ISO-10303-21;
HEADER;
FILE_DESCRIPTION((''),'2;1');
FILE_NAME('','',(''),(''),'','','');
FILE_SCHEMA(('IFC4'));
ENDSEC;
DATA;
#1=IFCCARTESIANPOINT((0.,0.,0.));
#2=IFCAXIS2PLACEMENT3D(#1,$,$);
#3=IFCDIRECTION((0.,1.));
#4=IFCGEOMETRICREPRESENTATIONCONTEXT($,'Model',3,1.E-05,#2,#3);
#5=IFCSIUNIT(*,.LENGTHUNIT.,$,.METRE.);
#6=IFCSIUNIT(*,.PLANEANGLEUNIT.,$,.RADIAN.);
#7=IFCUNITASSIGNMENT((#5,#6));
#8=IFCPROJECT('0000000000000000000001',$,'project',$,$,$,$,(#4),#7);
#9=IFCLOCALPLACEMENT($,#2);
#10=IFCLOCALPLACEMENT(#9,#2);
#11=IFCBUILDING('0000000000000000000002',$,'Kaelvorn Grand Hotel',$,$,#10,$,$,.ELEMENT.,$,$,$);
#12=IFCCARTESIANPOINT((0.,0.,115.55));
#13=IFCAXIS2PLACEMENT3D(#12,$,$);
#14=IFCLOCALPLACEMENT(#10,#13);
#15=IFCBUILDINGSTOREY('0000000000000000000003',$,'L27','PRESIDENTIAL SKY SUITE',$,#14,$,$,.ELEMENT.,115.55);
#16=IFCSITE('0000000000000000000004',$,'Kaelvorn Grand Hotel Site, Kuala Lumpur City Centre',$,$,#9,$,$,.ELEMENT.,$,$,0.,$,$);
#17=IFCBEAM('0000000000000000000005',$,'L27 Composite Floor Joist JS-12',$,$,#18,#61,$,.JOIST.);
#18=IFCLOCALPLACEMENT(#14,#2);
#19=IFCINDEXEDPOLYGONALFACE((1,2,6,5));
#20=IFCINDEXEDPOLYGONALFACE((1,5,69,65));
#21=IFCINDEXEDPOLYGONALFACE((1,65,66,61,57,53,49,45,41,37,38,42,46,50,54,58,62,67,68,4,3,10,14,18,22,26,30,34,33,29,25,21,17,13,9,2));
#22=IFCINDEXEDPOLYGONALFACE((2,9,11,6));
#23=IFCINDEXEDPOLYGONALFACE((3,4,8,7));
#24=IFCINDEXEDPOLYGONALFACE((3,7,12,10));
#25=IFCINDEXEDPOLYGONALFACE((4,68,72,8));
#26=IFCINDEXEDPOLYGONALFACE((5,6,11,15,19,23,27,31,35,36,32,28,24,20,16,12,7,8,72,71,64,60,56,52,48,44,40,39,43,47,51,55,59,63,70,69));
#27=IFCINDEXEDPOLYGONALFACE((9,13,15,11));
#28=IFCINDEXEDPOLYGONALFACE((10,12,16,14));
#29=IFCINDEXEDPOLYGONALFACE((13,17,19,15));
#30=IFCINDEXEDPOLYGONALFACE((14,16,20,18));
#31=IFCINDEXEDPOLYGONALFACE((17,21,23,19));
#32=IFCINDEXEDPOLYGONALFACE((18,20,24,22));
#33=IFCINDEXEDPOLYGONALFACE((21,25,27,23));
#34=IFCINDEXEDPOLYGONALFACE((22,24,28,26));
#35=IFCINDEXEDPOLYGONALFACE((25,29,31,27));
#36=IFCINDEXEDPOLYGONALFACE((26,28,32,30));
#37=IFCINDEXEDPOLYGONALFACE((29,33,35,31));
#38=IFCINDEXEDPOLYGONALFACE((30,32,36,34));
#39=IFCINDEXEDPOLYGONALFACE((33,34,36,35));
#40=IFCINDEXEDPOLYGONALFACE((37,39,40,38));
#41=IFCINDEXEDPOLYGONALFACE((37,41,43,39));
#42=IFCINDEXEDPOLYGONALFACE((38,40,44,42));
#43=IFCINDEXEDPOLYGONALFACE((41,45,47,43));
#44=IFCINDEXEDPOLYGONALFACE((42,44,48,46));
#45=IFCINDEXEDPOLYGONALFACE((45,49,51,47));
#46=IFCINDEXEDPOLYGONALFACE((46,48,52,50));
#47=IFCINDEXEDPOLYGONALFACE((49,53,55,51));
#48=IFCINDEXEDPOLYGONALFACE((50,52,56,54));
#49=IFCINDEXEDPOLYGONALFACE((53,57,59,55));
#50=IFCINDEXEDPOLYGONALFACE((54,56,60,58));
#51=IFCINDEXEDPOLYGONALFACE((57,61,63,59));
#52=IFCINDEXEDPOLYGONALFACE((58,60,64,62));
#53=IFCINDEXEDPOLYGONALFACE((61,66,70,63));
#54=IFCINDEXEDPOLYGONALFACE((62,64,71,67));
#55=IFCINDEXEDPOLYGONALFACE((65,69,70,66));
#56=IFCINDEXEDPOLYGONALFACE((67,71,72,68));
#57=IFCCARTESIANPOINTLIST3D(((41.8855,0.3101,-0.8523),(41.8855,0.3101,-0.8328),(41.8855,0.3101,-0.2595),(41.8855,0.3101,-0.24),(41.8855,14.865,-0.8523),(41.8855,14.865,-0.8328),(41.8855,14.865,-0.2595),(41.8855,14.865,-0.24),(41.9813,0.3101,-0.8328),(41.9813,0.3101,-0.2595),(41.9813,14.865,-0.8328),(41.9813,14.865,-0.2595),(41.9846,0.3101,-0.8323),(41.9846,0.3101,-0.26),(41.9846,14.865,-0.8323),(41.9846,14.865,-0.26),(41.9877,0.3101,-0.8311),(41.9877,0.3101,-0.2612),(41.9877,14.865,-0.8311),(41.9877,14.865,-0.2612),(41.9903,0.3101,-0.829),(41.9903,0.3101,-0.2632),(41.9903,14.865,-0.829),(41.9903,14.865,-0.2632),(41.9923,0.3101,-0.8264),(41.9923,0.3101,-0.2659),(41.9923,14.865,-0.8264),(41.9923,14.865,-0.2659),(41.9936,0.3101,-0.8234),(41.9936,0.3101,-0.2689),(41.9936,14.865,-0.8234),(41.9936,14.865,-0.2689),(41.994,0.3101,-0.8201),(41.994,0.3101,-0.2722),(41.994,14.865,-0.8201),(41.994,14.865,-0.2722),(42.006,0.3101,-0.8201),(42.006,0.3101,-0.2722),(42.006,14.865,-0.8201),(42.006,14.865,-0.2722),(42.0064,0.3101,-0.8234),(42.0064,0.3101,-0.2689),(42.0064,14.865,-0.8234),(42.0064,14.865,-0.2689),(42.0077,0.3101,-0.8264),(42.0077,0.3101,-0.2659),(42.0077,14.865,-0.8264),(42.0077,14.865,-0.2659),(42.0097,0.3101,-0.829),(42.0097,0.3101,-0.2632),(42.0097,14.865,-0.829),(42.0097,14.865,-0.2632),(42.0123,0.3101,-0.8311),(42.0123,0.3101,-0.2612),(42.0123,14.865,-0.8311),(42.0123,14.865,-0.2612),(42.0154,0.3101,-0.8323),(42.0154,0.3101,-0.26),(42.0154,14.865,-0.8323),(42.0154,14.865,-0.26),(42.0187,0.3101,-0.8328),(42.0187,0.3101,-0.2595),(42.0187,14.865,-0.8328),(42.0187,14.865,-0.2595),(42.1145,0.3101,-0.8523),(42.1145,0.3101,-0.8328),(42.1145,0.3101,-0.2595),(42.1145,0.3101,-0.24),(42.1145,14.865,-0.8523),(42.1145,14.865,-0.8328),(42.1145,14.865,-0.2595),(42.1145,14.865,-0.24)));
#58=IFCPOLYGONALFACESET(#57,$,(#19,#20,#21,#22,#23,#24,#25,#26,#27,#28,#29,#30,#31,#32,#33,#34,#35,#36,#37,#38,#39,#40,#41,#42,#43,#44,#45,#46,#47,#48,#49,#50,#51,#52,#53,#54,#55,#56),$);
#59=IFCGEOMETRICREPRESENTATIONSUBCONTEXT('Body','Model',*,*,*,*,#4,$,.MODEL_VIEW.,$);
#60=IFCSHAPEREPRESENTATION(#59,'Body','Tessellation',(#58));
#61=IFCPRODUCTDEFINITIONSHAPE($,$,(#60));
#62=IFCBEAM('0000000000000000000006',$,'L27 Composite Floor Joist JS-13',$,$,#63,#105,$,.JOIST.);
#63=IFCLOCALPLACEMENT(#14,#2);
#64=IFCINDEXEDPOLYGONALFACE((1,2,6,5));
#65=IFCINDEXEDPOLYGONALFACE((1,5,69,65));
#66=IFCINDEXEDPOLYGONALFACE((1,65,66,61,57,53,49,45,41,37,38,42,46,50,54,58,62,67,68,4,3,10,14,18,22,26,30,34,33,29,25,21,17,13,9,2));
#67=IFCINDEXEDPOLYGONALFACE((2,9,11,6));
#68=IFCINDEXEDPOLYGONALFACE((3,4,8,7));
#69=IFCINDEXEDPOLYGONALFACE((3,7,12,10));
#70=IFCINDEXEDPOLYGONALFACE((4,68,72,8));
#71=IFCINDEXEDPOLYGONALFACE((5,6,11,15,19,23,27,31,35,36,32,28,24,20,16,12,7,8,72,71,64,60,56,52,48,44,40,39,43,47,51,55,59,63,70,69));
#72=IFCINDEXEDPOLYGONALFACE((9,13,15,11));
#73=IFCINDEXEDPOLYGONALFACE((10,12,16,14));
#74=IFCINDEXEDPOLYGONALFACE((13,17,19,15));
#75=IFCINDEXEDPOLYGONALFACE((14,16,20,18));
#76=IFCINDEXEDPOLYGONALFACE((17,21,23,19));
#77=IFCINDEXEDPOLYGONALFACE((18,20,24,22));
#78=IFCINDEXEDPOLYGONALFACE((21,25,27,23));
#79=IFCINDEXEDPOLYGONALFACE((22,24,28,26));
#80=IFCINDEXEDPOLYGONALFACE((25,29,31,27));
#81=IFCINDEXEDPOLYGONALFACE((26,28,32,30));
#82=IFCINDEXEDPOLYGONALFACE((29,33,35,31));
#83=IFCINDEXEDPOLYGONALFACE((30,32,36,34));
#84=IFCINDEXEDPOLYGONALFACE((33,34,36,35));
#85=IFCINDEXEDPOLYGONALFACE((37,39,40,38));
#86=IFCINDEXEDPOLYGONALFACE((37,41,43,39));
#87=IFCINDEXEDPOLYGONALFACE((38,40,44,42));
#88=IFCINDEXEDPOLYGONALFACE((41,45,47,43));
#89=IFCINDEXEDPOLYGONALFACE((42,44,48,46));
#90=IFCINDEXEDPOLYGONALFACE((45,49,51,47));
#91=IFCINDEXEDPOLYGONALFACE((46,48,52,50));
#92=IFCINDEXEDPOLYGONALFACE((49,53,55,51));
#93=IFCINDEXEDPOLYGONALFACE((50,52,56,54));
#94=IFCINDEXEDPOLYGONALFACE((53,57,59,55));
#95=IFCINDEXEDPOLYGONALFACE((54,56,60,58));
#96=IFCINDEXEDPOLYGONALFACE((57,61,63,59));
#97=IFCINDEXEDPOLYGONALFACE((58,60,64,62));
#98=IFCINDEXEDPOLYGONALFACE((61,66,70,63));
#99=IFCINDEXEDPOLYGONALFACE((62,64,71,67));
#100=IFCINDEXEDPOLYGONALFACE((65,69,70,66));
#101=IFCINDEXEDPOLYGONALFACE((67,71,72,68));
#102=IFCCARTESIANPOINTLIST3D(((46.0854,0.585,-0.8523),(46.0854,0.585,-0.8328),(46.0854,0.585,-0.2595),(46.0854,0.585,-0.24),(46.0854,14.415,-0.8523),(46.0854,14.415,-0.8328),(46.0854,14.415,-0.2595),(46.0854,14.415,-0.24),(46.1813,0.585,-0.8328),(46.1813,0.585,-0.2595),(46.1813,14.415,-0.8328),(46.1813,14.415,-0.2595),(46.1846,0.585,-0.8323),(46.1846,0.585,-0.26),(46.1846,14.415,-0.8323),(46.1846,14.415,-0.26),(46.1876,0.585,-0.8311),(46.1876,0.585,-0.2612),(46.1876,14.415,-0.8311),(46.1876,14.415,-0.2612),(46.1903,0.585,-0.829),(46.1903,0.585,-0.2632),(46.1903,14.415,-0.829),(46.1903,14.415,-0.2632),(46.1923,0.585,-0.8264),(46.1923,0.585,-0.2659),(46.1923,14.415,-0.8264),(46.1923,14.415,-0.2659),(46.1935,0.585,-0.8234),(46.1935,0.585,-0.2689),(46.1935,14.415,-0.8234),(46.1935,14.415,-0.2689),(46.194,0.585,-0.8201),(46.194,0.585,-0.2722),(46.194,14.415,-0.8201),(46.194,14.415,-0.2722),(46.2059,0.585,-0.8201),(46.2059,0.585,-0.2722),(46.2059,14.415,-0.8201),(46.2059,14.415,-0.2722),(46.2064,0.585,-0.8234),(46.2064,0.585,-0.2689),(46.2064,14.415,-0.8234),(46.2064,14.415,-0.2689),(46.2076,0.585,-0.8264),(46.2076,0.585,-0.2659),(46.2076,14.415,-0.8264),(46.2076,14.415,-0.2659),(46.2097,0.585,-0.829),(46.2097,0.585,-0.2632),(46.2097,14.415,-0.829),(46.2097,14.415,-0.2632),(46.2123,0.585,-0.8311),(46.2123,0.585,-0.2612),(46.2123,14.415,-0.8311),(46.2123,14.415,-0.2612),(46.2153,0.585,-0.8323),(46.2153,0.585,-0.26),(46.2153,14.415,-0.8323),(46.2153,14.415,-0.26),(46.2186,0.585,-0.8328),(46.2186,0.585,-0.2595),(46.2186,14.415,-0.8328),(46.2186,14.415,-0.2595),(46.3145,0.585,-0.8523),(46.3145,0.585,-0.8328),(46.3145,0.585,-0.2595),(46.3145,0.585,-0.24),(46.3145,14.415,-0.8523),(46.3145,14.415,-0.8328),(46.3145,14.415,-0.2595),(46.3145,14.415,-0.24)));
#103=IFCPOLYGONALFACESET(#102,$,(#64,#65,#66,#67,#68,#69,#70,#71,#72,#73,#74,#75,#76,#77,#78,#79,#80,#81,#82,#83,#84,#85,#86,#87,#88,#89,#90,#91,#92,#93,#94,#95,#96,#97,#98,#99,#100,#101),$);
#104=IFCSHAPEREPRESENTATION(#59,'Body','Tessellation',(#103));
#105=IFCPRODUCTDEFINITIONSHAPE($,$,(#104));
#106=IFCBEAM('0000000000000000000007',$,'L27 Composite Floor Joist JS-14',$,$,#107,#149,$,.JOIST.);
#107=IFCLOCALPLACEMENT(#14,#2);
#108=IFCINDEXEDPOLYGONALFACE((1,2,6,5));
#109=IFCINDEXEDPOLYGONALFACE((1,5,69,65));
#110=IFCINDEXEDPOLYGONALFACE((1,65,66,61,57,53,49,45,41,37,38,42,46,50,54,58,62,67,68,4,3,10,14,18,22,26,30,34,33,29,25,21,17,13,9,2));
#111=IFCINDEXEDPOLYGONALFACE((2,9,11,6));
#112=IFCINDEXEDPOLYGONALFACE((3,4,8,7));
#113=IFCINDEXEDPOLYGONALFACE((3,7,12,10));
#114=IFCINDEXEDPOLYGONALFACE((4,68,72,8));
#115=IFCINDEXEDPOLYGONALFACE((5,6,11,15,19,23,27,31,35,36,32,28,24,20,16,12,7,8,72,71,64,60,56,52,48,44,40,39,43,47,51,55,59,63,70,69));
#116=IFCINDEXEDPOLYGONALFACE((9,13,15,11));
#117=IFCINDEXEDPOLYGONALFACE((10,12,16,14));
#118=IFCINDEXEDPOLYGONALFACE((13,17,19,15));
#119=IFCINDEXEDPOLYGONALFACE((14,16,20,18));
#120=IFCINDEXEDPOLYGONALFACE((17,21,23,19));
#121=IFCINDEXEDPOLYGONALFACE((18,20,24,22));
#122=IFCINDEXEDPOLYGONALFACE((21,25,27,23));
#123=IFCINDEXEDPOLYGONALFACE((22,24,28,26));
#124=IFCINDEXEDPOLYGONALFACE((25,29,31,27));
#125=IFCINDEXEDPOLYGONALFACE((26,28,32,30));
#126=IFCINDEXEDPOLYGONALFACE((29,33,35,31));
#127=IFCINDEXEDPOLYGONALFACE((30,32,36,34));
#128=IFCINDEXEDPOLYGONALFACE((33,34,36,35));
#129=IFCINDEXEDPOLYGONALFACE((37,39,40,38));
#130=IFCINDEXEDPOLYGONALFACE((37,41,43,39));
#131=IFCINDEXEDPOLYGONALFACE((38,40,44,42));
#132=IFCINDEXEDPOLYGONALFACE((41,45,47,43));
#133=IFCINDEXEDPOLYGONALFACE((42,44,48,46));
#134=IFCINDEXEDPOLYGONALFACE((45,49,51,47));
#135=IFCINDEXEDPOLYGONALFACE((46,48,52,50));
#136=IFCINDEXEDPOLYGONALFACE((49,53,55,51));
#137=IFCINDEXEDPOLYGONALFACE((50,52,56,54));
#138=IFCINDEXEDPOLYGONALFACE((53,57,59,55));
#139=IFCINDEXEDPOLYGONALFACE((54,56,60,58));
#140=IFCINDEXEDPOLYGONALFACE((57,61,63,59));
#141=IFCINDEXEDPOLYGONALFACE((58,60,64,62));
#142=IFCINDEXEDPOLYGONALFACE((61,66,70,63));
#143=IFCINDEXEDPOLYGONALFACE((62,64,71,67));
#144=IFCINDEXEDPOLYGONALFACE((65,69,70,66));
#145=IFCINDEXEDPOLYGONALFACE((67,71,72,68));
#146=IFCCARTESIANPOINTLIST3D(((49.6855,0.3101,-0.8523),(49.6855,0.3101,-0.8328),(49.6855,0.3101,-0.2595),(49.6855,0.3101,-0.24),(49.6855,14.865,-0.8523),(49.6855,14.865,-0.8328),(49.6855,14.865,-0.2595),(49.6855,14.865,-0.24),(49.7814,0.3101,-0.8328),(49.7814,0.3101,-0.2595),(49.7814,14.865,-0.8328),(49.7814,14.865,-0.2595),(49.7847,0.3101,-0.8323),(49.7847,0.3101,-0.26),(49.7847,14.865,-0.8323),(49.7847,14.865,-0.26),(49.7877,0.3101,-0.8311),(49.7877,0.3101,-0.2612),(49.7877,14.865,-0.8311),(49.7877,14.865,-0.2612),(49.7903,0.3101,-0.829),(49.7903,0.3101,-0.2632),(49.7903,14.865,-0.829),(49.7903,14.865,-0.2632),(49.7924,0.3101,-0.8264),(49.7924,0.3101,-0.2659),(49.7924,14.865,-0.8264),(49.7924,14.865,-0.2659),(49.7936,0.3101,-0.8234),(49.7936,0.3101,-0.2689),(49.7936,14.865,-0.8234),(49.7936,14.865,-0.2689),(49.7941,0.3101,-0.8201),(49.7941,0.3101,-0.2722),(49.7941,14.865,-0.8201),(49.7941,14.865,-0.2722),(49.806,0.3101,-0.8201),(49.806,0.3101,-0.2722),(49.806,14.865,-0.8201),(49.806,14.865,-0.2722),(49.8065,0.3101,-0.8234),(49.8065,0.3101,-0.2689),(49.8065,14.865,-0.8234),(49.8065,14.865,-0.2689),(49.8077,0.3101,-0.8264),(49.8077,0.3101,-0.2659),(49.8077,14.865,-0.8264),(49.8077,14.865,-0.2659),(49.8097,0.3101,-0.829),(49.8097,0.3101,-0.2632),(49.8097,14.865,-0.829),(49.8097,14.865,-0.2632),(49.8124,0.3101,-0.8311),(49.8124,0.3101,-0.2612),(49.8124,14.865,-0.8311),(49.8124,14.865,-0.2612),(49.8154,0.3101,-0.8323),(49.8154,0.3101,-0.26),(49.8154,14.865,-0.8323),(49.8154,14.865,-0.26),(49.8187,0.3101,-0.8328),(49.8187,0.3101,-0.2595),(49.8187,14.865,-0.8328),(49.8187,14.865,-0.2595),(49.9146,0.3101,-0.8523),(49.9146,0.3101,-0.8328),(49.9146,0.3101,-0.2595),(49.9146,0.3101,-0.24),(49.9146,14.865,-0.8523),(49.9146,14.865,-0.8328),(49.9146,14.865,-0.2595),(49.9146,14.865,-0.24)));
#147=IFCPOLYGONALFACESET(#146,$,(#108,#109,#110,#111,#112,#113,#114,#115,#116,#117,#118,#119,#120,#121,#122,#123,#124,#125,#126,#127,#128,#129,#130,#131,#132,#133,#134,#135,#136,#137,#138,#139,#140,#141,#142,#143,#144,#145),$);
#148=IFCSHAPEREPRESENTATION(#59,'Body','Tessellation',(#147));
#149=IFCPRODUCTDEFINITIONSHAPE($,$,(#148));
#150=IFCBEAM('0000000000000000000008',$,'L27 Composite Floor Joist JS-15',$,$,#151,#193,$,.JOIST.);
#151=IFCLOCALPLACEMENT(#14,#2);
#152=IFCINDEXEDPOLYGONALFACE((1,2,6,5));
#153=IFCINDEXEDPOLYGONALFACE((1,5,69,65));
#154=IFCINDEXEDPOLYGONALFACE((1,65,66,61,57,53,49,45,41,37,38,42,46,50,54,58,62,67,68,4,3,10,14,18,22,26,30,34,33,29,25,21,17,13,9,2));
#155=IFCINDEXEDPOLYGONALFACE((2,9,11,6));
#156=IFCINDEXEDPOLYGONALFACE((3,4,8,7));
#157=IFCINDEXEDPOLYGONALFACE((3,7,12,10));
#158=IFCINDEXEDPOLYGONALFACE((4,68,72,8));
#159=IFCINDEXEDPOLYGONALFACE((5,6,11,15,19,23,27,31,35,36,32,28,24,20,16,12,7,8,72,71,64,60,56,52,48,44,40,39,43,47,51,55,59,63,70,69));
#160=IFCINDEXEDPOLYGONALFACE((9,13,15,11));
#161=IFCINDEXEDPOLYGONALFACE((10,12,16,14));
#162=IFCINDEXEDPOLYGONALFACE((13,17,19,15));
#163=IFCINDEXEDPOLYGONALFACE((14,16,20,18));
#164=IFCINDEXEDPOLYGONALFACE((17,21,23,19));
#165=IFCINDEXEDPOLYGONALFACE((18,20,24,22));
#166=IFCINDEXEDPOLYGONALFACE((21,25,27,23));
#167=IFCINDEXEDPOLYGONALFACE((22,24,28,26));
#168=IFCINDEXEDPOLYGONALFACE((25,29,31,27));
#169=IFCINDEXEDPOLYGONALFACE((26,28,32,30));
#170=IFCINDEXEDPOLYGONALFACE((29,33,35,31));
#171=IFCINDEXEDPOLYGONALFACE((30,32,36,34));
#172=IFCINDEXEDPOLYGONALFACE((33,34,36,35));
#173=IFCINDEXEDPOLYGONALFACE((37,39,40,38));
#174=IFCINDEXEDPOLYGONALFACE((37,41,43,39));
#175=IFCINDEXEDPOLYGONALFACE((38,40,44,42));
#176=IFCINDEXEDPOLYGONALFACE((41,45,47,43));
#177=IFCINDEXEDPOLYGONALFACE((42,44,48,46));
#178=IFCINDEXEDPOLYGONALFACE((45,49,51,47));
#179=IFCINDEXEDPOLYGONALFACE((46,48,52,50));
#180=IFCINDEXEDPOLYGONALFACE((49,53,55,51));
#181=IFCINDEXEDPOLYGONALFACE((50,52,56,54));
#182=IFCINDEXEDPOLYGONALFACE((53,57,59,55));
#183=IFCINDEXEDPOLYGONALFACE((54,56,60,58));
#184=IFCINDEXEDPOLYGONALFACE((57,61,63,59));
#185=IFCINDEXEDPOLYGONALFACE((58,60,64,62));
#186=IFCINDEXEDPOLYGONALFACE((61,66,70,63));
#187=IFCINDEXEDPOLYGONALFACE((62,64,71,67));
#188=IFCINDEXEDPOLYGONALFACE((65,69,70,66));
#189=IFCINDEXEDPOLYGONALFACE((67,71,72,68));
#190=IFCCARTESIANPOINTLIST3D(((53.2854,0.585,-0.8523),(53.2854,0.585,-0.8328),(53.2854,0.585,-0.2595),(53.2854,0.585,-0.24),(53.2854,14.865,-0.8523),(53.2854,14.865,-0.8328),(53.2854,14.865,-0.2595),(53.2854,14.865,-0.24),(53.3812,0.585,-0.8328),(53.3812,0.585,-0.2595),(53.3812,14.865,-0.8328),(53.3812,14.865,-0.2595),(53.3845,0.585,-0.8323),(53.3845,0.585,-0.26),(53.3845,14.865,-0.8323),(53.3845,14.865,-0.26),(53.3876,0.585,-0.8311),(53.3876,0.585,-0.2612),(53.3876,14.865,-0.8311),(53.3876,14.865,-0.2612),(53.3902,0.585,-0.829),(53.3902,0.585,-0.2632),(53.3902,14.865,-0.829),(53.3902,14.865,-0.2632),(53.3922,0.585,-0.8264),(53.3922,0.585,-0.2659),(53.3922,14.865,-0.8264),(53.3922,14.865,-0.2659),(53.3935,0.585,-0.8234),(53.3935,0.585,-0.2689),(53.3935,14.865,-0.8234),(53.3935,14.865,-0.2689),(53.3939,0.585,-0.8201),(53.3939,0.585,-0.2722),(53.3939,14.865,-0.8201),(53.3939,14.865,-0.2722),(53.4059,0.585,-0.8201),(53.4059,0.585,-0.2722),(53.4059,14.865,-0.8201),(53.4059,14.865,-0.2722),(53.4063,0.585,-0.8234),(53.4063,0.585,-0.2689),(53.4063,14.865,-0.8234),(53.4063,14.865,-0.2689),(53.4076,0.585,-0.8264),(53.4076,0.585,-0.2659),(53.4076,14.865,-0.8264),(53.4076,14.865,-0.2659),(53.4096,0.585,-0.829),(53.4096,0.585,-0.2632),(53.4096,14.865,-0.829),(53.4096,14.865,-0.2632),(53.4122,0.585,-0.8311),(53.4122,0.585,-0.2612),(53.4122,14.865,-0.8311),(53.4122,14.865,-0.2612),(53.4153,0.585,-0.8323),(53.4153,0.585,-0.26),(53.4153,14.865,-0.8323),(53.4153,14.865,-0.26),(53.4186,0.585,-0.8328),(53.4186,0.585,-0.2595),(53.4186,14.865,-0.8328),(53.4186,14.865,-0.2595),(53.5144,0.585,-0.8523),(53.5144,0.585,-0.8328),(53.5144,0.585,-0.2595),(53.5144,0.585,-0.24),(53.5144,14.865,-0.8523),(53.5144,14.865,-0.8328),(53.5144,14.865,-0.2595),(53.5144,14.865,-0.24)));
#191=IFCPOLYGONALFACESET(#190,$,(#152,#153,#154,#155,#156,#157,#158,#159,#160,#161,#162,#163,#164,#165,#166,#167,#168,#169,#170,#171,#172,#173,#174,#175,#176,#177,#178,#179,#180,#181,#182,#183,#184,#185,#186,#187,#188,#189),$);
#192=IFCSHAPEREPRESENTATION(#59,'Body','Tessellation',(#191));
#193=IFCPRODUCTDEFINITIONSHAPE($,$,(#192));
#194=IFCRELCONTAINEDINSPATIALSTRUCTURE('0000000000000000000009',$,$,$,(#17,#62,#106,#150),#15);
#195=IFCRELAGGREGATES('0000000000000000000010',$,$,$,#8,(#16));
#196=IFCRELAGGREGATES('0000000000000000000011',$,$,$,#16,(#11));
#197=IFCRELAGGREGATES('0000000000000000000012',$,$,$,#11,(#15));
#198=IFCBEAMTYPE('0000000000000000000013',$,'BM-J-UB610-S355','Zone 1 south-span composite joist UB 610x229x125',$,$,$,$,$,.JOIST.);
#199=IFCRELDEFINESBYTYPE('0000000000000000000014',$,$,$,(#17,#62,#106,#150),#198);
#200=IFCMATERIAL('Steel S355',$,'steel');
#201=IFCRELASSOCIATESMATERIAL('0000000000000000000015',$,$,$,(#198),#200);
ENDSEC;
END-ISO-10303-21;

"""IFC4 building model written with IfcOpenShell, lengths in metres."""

from ifc_helpers import new_model, si_unit, direction, frame, origin, origin_2d, place, context, subcontext, project, spatial, i_section, extrude, material, material_profile, profile_set, type_object, element, save


model = new_model("IFC4")

# Units and contexts
model_context = context("Model", 3, precision=1e-05, world=origin(), true_north=direction((0.0, 1.0)))
body_context = subcontext(model_context, "Body", "Model", "MODEL_VIEW")
ifc_project = project(units=[si_unit("LENGTHUNIT", "METRE"), si_unit("PLANEANGLEUNIT", "RADIAN")], contexts=[model_context])

# Site, building, storey
site_placement = place(None, origin())
site = spatial("IfcSite", under=ifc_project, at=site_placement, Name="Kaelvorn Grand Hotel Site, Kuala Lumpur City Centre", CompositionType="ELEMENT", RefElevation=0.0)
building_placement = place(site_placement, origin())
building = spatial("IfcBuilding", under=site, at=building_placement, Name="Kaelvorn Grand Hotel", CompositionType="ELEMENT")
storey_placement = place(building_placement, frame((0.0, 0.0, 115.55)))
storey = spatial("IfcBuildingStorey", under=building, at=storey_placement, Name="L27", Description="PRESIDENTIAL SKY SUITE", CompositionType="ELEMENT", Elevation=115.55)

# Beams
ifc_material_1 = material(Name="Steel S355", Category="steel")
ifc_material_profile_1 = material_profile(ifc_material_1, i_section(OverallWidth=0.229, OverallDepth=0.6123, WebThickness=0.012, FlangeThickness=0.0195, FilletRadius=0.0127, at=origin_2d()), Name="UB 610x229x125")
ifc_profile_set_1 = profile_set([ifc_material_profile_1], Name="Steel S355")
beam_type_1 = type_object("IfcBeamType", Name="BM-J-UB610-S355", Description="Zone 1 south-span composite joist UB 610x229x125", PredefinedType="JOIST", material=ifc_profile_set_1)
beam_1_placement = place(storey_placement, frame((42.0, 0.3101, -0.5461), z_axis=(0.0, 1.0, 0.0), x_axis=(-1.0, 0.0, 0.0)))
element("IfcBeam", 1, at=beam_1_placement, inside=storey, type_object=beam_type_1, Name="L27 Composite Floor Joist JS-12", PredefinedType="JOIST", context=body_context, shape_type="SweptSolid", body=[
    extrude(i_section(OverallWidth=0.229, OverallDepth=0.6123, WebThickness=0.012, FlangeThickness=0.0195, FilletRadius=0.0127, at=origin_2d()), origin(), (0.0, 0.0, 1.0), 14.5549),
])
beam_2_placement = place(storey_placement, frame((46.2, 0.585, -0.5461), z_axis=(0.0, 1.0, 0.0), x_axis=(-1.0, 0.0, 0.0)))
element("IfcBeam", 2, at=beam_2_placement, inside=storey, type_object=beam_type_1, Name="L27 Composite Floor Joist JS-13", PredefinedType="JOIST", context=body_context, shape_type="SweptSolid", body=[
    extrude(i_section(OverallWidth=0.229, OverallDepth=0.6123, WebThickness=0.012, FlangeThickness=0.0195, FilletRadius=0.0127, at=origin_2d()), origin(), (0.0, 0.0, 1.0), 13.8301),
])
beam_3_placement = place(storey_placement, frame((49.8, 0.3101, -0.5461), z_axis=(0.0, 1.0, 0.0), x_axis=(-1.0, 0.0, 0.0)))
element("IfcBeam", 3, at=beam_3_placement, inside=storey, type_object=beam_type_1, Name="L27 Composite Floor Joist JS-14", PredefinedType="JOIST", context=body_context, shape_type="SweptSolid", body=[
    extrude(i_section(OverallWidth=0.229, OverallDepth=0.6123, WebThickness=0.012, FlangeThickness=0.0195, FilletRadius=0.0127, at=origin_2d()), origin(), (0.0, 0.0, 1.0), 14.5549),
])
beam_4_placement = place(storey_placement, frame((53.3999, 0.585, -0.5461), z_axis=(0.0, 1.0, 0.0), x_axis=(-1.0, 0.0, 0.0)))
element("IfcBeam", 4, at=beam_4_placement, inside=storey, type_object=beam_type_1, Name="L27 Composite Floor Joist JS-15", PredefinedType="JOIST", context=body_context, shape_type="SweptSolid", body=[
    extrude(i_section(OverallWidth=0.229, OverallDepth=0.6123, WebThickness=0.012, FlangeThickness=0.0195, FilletRadius=0.0127, at=origin_2d()), origin(), (0.0, 0.0, 1.0), 14.28),
])

save(model, "model.ifc")
